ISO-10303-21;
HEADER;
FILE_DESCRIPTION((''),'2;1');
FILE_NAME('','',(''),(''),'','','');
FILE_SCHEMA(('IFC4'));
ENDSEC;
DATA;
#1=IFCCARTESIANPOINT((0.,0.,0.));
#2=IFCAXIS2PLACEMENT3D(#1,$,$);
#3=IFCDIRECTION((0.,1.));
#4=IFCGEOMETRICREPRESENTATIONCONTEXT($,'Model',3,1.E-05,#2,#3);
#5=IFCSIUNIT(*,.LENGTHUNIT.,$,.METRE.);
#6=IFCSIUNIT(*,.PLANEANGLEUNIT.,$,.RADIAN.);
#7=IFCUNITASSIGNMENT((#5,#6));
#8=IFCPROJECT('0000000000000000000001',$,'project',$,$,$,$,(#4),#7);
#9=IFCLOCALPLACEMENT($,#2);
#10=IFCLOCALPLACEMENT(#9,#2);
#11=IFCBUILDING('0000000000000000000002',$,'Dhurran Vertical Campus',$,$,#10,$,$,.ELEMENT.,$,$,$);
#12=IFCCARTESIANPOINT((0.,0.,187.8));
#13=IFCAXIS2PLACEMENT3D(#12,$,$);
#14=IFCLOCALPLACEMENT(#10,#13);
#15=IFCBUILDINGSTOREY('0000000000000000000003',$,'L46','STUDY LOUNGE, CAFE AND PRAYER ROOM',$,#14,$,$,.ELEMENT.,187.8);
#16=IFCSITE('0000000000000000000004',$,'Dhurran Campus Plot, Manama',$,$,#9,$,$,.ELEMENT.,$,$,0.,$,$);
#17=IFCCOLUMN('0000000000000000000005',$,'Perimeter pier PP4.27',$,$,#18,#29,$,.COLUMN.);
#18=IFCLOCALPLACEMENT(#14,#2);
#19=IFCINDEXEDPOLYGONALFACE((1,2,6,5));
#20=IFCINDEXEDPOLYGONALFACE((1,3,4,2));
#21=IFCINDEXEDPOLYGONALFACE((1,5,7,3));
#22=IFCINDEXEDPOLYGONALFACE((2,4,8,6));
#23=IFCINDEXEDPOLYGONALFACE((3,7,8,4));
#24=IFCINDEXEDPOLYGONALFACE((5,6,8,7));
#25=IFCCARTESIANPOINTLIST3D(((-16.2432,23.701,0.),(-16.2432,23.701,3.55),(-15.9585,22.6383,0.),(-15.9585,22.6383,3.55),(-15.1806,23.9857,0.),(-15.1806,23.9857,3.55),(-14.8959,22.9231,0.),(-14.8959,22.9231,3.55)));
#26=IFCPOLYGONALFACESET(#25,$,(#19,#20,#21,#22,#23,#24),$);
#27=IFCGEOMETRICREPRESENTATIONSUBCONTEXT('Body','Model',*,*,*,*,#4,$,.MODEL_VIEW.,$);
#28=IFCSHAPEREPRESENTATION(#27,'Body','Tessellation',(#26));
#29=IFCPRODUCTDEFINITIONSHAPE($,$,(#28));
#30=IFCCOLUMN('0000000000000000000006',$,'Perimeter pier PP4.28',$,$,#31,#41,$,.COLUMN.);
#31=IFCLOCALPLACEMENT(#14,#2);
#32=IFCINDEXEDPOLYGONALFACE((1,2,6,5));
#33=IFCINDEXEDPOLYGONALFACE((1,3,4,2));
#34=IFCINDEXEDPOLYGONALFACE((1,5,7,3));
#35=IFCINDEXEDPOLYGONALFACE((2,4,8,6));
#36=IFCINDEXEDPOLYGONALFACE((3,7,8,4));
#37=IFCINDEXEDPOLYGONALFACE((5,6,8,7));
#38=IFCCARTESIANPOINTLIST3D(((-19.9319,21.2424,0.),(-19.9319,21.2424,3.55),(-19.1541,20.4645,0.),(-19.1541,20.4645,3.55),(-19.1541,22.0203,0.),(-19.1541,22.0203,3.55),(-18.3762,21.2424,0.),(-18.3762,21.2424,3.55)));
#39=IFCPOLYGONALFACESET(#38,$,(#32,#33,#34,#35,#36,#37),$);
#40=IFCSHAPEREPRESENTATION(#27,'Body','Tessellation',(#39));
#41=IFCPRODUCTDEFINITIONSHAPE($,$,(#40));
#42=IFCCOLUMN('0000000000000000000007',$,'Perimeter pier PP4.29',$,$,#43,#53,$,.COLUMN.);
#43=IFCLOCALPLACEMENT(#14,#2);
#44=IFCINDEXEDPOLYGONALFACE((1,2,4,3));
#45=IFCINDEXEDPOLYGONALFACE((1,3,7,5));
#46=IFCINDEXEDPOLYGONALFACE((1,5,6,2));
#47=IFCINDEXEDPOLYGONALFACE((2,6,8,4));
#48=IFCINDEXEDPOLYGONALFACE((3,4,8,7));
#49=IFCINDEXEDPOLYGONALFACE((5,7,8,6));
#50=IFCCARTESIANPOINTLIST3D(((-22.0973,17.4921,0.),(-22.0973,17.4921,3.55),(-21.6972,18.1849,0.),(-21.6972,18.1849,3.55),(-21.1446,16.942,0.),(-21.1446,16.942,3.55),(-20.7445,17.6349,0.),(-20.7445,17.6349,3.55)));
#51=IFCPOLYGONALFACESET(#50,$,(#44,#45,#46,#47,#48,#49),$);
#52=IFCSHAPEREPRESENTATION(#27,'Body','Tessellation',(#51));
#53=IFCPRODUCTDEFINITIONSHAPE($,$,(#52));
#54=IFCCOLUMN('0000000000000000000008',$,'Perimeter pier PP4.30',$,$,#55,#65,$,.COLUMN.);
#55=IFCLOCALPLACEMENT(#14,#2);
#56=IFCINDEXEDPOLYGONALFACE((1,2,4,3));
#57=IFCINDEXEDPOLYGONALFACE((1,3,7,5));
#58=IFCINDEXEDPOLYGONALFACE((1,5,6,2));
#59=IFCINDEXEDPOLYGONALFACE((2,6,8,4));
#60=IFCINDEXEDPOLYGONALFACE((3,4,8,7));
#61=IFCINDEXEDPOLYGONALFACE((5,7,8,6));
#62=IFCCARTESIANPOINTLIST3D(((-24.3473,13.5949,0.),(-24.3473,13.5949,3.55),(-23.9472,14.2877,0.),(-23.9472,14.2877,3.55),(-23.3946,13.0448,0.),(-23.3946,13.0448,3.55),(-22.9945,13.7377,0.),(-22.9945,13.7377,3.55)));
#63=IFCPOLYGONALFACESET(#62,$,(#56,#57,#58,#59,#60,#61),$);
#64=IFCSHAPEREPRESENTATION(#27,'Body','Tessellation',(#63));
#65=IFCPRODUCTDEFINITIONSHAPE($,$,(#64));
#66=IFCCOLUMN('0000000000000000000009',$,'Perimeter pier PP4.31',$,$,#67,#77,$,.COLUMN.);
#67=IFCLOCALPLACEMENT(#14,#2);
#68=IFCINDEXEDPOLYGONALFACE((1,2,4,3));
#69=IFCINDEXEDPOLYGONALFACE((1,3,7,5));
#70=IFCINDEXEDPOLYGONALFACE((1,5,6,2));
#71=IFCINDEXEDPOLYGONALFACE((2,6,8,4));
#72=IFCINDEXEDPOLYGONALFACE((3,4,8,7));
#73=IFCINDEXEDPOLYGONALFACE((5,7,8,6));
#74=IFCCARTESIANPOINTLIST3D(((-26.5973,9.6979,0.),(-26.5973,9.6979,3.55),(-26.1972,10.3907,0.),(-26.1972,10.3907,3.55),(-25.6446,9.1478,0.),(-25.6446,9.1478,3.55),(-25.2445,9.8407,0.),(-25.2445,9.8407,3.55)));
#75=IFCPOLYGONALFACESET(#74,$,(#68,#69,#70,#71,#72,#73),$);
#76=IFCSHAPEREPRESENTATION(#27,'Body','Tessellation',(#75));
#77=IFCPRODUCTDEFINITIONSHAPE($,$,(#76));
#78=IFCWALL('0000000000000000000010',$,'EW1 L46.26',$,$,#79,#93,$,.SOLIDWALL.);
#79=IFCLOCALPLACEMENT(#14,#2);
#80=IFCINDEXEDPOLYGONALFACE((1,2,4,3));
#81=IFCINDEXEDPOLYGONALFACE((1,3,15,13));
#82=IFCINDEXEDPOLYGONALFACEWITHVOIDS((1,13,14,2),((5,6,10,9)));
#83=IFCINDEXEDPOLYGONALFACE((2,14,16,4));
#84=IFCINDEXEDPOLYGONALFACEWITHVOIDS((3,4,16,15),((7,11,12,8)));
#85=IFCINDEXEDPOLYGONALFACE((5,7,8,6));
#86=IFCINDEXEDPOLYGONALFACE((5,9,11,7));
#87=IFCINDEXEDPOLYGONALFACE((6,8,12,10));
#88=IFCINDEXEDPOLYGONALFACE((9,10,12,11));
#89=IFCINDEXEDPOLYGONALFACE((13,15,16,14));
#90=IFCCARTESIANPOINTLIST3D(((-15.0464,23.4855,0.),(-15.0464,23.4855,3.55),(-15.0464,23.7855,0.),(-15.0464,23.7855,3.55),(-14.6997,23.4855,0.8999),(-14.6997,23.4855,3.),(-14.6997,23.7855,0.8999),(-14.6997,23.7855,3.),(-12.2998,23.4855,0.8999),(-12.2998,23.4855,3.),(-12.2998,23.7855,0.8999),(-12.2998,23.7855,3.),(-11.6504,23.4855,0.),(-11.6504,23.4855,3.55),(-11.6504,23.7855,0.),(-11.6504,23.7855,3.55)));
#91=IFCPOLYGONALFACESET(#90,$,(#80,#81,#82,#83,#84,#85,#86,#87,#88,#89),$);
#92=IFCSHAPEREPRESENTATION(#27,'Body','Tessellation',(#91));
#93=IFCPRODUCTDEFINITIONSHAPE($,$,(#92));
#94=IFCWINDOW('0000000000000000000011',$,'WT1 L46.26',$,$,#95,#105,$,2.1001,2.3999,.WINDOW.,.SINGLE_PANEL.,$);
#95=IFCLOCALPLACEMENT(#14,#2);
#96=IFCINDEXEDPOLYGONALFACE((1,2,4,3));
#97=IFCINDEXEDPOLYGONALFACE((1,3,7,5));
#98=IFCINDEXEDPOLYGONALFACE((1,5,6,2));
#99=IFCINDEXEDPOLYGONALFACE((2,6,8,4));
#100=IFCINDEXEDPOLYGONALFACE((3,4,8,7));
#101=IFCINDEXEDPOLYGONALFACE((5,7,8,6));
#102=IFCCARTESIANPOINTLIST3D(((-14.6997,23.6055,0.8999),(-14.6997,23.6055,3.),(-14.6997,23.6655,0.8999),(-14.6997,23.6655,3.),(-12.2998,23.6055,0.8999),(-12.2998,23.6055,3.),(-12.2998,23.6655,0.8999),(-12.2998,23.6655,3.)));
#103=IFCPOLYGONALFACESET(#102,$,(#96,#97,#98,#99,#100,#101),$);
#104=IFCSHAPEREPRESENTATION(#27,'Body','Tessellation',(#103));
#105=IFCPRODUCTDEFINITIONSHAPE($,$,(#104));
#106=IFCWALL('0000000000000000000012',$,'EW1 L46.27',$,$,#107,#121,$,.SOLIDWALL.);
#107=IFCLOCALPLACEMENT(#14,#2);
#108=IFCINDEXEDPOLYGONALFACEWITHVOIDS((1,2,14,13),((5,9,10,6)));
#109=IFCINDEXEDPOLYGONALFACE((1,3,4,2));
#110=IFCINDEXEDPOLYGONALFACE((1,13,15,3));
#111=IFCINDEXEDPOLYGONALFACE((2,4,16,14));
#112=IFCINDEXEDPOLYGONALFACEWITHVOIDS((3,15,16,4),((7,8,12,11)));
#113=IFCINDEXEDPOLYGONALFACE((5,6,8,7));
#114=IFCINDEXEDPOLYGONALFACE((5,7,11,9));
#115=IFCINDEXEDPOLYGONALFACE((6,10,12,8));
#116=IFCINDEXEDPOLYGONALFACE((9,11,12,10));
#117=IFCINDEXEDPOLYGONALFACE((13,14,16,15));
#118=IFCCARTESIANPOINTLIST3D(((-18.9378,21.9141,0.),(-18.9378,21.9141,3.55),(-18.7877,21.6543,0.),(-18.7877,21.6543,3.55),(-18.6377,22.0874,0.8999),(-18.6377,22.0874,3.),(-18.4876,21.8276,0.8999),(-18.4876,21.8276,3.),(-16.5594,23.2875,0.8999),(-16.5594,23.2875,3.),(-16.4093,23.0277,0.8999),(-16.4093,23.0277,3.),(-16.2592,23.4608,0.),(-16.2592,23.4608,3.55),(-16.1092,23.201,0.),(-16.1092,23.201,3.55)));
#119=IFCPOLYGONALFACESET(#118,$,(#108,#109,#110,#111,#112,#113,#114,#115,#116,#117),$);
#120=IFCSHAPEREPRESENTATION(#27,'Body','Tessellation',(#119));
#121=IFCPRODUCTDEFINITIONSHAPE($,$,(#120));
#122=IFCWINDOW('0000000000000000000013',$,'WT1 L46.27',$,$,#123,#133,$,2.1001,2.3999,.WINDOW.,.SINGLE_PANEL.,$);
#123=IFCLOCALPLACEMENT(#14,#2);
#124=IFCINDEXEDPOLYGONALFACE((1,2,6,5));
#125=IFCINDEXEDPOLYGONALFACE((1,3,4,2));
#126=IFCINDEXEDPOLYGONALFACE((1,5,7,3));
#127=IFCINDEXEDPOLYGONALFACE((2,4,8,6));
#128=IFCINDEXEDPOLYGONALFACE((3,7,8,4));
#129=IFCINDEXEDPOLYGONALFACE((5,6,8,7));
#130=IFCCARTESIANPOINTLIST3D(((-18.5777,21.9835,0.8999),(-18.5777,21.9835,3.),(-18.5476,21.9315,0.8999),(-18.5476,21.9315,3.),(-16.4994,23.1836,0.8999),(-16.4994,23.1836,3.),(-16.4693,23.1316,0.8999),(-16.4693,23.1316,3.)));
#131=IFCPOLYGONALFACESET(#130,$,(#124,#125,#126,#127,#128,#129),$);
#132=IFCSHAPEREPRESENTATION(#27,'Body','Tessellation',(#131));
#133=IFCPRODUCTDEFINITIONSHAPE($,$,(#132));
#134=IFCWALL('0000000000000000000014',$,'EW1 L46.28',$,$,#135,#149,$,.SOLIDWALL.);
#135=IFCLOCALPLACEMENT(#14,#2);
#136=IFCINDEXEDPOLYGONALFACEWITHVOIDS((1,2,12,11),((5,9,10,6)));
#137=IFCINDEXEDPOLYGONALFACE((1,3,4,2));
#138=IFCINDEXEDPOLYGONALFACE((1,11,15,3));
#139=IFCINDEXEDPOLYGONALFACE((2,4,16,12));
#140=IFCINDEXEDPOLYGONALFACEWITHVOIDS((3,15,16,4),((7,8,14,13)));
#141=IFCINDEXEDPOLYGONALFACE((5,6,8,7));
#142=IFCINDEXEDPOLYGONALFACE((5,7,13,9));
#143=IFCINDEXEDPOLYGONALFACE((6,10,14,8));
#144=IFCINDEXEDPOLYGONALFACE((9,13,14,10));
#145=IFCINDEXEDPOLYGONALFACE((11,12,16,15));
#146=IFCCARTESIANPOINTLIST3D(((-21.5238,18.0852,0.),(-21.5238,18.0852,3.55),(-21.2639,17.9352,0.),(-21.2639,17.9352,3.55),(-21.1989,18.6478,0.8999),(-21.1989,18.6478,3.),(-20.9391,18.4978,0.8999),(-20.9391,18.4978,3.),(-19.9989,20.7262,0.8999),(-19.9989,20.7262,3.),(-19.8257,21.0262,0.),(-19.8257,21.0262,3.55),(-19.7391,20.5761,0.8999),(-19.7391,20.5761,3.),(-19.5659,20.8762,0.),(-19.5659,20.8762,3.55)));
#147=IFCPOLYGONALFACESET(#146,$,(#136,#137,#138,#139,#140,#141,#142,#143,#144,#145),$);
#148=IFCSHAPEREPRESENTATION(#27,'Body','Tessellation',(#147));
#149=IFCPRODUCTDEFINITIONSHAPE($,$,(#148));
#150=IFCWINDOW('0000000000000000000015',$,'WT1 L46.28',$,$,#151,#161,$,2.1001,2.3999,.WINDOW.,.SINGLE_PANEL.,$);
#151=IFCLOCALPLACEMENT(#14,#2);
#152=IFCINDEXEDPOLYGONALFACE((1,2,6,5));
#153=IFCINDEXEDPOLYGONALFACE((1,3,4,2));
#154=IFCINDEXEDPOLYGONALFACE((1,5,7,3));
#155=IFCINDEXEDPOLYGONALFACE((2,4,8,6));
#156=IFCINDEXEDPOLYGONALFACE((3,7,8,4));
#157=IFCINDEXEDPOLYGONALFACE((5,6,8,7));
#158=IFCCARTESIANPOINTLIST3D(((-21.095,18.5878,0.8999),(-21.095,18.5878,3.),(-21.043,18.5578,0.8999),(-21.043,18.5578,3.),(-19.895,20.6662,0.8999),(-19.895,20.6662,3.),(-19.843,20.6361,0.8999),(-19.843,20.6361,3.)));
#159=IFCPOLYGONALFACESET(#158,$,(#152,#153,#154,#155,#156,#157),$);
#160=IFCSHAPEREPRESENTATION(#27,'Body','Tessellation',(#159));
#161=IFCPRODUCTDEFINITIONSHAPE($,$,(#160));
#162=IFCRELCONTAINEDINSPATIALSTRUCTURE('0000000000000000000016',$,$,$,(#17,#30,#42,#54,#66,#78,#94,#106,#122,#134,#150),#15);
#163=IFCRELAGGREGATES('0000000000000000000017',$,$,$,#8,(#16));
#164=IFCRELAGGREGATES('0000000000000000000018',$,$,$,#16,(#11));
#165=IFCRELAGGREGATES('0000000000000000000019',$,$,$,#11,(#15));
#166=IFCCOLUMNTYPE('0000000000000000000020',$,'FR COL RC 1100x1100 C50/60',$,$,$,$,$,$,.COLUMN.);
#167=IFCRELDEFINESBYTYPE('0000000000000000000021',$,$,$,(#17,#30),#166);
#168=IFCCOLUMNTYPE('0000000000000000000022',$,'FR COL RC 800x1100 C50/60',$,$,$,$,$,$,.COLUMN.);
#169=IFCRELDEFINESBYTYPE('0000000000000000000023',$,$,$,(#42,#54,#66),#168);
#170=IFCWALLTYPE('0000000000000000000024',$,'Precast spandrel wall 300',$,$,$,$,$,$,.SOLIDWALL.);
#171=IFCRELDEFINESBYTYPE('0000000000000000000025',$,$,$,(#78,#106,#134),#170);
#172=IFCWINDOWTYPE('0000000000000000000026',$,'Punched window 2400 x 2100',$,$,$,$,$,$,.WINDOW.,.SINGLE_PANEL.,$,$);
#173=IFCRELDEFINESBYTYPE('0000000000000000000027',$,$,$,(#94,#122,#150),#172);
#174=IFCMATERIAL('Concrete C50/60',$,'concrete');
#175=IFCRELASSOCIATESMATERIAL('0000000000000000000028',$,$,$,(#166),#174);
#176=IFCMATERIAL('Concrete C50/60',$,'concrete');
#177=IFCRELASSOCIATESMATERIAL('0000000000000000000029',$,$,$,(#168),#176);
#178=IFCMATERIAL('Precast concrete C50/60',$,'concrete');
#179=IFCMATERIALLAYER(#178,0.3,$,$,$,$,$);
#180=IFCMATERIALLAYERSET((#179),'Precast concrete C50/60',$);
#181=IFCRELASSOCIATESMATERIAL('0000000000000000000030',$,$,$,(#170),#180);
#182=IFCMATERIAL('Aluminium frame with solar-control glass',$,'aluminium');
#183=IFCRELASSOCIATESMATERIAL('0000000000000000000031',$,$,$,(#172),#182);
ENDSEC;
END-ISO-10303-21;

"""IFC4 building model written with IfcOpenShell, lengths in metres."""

from ifc_helpers import new_model, si_unit, direction, frame, frame_2d, origin, origin_2d, place, context, subcontext, project, spatial, rectangle, extrude, material, layer, layer_set, material_profile, profile_set, type_object, element, fill, save


model = new_model("IFC4")

# Units and contexts
model_context = context("Model", 3, precision=1e-05, world=origin(), true_north=direction((0.0, 1.0)))
body_context = subcontext(model_context, "Body", "Model", "MODEL_VIEW")
ifc_project = project(units=[si_unit("LENGTHUNIT", "METRE"), si_unit("PLANEANGLEUNIT", "RADIAN")], contexts=[model_context])

# Site, building, storey
site_placement = place(None, origin())
site = spatial("IfcSite", under=ifc_project, at=site_placement, Name="Dhurran Campus Plot, Manama", CompositionType="ELEMENT", RefElevation=0.0)
building_placement = place(site_placement, origin())
building = spatial("IfcBuilding", under=site, at=building_placement, Name="Dhurran Vertical Campus", CompositionType="ELEMENT")
storey_placement = place(building_placement, frame((0.0, 0.0, 187.8)))
storey = spatial("IfcBuildingStorey", under=building, at=storey_placement, Name="L46", Description="STUDY LOUNGE, CAFE AND PRAYER ROOM", CompositionType="ELEMENT", Elevation=187.8)

# Columns
ifc_material_1 = material(Name="Concrete C50/60", Category="concrete")
ifc_material_profile_1 = material_profile(ifc_material_1, rectangle(XDim=1.1001, YDim=1.1001, at=origin_2d()), Name="RC 1100x1100")
ifc_profile_set_1 = profile_set([ifc_material_profile_1], Name="Concrete C50/60")
column_type_1 = type_object("IfcColumnType", Name="FR COL RC 1100x1100 C50/60", PredefinedType="COLUMN", material=ifc_profile_set_1)
for number, where, z_axis, x_axis, name in (
    (1, (-15.5696, 23.312, 0.0), (0.0, 0.0, 1.0), (-0.965926, -0.258819, 0.0), "Perimeter pier PP4.27"),
    (2, (-19.1541, 21.2424, 0.0), (0.0, 0.0, 1.0), (-0.707107, -0.707107, 0.0), "Perimeter pier PP4.28"),
):
    element("IfcColumn", number, at=place(storey_placement, frame(where, z_axis=z_axis, x_axis=x_axis)), inside=storey, type_object=column_type_1, Name=name, PredefinedType="COLUMN", context=body_context, shape_type="SweptSolid", body=[
        extrude(rectangle(XDim=1.1001, YDim=1.1001, at=origin_2d()), origin(), (0.0, 0.0, 1.0), 3.55),
    ])
ifc_material_2 = material(Name="Concrete C50/60", Category="concrete")
ifc_material_profile_2 = material_profile(ifc_material_2, rectangle(XDim=0.8, YDim=1.1001, at=origin_2d()), Name="RC 800x1100")
ifc_profile_set_2 = profile_set([ifc_material_profile_2], Name="Concrete C50/60")
column_type_2 = type_object("IfcColumnType", Name="FR COL RC 800x1100 C50/60", PredefinedType="COLUMN", material=ifc_profile_set_2)
for number, where, z_axis, x_axis, name in (
    (3, (-21.4209, 17.5635, 0.0), (0.0, 0.0, 1.0), (-0.5, -0.866025, 0.0), "Perimeter pier PP4.29"),
    (4, (-23.6709, 13.6663, 0.0), (0.0, 0.0, 1.0), (-0.5, -0.866025, 0.0), "Perimeter pier PP4.30"),
    (5, (-25.9209, 9.7693, 0.0), (0.0, 0.0, 1.0), (-0.5, -0.866025, 0.0), "Perimeter pier PP4.31"),
):
    element("IfcColumn", number, at=place(storey_placement, frame(where, z_axis=z_axis, x_axis=x_axis)), inside=storey, type_object=column_type_2, Name=name, PredefinedType="COLUMN", context=body_context, shape_type="SweptSolid", body=[
        extrude(rectangle(XDim=0.8, YDim=1.1001, at=origin_2d()), origin(), (0.0, 0.0, 1.0), 3.55),
    ])

# Walls, openings, windows
ifc_material_3 = material(Name="Precast concrete C50/60", Category="concrete")
ifc_layer_1 = layer(ifc_material_3, 0.3)
ifc_layer_set_1 = layer_set([ifc_layer_1], Name="Precast concrete C50/60")
wall_type_1 = type_object("IfcWallType", Name="Precast spandrel wall 300", PredefinedType="SOLIDWALL", material=ifc_layer_set_1)
wall_1_placement = place(storey_placement, frame((-11.6504, 23.6355, 0.0), z_axis=(0.0, 0.0, 1.0), x_axis=(-1.0, 0.0, 0.0)))
wall_1 = element("IfcWall", 6, at=wall_1_placement, inside=storey, type_object=wall_type_1, Name="EW1 L46.26", PredefinedType="SOLIDWALL", context=body_context, shape_type="SweptSolid", body=[
    extrude(rectangle(XDim=3.396, YDim=0.3, at=frame_2d((1.698, 0.0))), origin(), (0.0, 0.0, 1.0), 3.55),
])
opening_1_placement = place(wall_1_placement, frame((0.6494, 0.0, 0.8999)))
opening_1 = element("IfcOpeningElement", 7, at=opening_1_placement, cuts=wall_1, PredefinedType="OPENING", context=body_context, shape_type="SweptSolid", body=[
    extrude(rectangle(XDim=2.3999, YDim=2.1001, at=frame_2d((1.2, 1.05))), frame((0.0, 0.1599, 0.0), z_axis=(0.0, -1.0, 0.0), x_axis=(1.0, 0.0, 0.0)), (0.0, 0.0, 1.0), 0.3201),
])
ifc_material_4 = material(Name="Aluminium frame with solar-control glass", Category="aluminium")
window_type = type_object("IfcWindowType", Name="Punched window 2400 x 2100", PartitioningType="SINGLE_PANEL", PredefinedType="WINDOW", material=ifc_material_4)
window_1_placement = place(opening_1_placement, origin())
window_1 = element("IfcWindow", 8, at=window_1_placement, inside=storey, type_object=window_type, Name="WT1 L46.26", OverallHeight=2.1001, OverallWidth=2.3999, PartitioningType="SINGLE_PANEL", PredefinedType="WINDOW", context=body_context, shape_type="SweptSolid", body=[
    extrude(rectangle(XDim=2.3999, YDim=2.1001, at=frame_2d((1.2, 1.05))), frame((0.0, 0.03, 0.0), z_axis=(0.0, -1.0, 0.0), x_axis=(1.0, 0.0, 0.0)), (0.0, 0.0, 1.0), 0.0601),
])
fill(opening_1, window_1)
wall_2_placement = place(storey_placement, frame((-16.1843, 23.3308, 0.0), z_axis=(0.0, 0.0, 1.0), x_axis=(-0.865995, -0.500053, 0.0)))
wall_2 = element("IfcWall", 9, at=wall_2_placement, inside=storey, type_object=wall_type_1, Name="EW1 L46.27", PredefinedType="SOLIDWALL", context=body_context, shape_type="SweptSolid", body=[
    extrude(rectangle(XDim=3.093, YDim=0.3, at=frame_2d((1.5464, 0.0))), origin(), (0.0, 0.0, 1.0), 3.55),
])
opening_2_placement = place(wall_2_placement, frame((0.3464, 0.0, 0.8999)))
opening_2 = element("IfcOpeningElement", 10, at=opening_2_placement, cuts=wall_2, PredefinedType="OPENING", context=body_context, shape_type="SweptSolid", body=[
    extrude(rectangle(XDim=2.3999, YDim=2.1001, at=frame_2d((1.2, 1.05))), frame((0.0, 0.1599, 0.0), z_axis=(0.0, -1.0, 0.0), x_axis=(1.0, 0.0, 0.0)), (0.0, 0.0, 1.0), 0.3201),
])
window_2_placement = place(opening_2_placement, origin())
window_2 = element("IfcWindow", 11, at=window_2_placement, inside=storey, type_object=window_type, Name="WT1 L46.27", OverallHeight=2.1001, OverallWidth=2.3999, PartitioningType="SINGLE_PANEL", PredefinedType="WINDOW", context=body_context, shape_type="SweptSolid", body=[
    extrude(rectangle(XDim=2.3999, YDim=2.1001, at=frame_2d((1.2, 1.05))), frame((0.0, 0.03, 0.0), z_axis=(0.0, -1.0, 0.0), x_axis=(1.0, 0.0, 0.0)), (0.0, 0.0, 1.0), 0.0601),
])
fill(opening_2, window_2)
wall_3_placement = place(storey_placement, frame((-19.6958, 20.9512, 0.0), z_axis=(0.0, 0.0, 1.0), x_axis=(-0.500013, -0.866018, 0.0)))
wall_3 = element("IfcWall", 12, at=wall_3_placement, inside=storey, type_object=wall_type_1, Name="EW1 L46.28", PredefinedType="SOLIDWALL", context=body_context, shape_type="SweptSolid", body=[
    extrude(rectangle(XDim=3.396, YDim=0.3, at=frame_2d((1.698, 0.0))), origin(), (0.0, 0.0, 1.0), 3.55),
])
opening_3_placement = place(wall_3_placement, frame((0.3464, 0.0, 0.8999)))
opening_3 = element("IfcOpeningElement", 13, at=opening_3_placement, cuts=wall_3, PredefinedType="OPENING", context=body_context, shape_type="SweptSolid", body=[
    extrude(rectangle(XDim=2.3999, YDim=2.1001, at=frame_2d((1.2, 1.05))), frame((0.0, 0.1599, 0.0), z_axis=(0.0, -1.0, 0.0), x_axis=(1.0, 0.0, 0.0)), (0.0, 0.0, 1.0), 0.3201),
])
window_3_placement = place(opening_3_placement, origin())
window_3 = element("IfcWindow", 14, at=window_3_placement, inside=storey, type_object=window_type, Name="WT1 L46.28", OverallHeight=2.1001, OverallWidth=2.3999, PartitioningType="SINGLE_PANEL", PredefinedType="WINDOW", context=body_context, shape_type="SweptSolid", body=[
    extrude(rectangle(XDim=2.3999, YDim=2.1001, at=frame_2d((1.2, 1.05))), frame((0.0, 0.03, 0.0), z_axis=(0.0, -1.0, 0.0), x_axis=(1.0, 0.0, 0.0)), (0.0, 0.0, 1.0), 0.0601),
])
fill(opening_3, window_3)

save(model, "model.ifc")
